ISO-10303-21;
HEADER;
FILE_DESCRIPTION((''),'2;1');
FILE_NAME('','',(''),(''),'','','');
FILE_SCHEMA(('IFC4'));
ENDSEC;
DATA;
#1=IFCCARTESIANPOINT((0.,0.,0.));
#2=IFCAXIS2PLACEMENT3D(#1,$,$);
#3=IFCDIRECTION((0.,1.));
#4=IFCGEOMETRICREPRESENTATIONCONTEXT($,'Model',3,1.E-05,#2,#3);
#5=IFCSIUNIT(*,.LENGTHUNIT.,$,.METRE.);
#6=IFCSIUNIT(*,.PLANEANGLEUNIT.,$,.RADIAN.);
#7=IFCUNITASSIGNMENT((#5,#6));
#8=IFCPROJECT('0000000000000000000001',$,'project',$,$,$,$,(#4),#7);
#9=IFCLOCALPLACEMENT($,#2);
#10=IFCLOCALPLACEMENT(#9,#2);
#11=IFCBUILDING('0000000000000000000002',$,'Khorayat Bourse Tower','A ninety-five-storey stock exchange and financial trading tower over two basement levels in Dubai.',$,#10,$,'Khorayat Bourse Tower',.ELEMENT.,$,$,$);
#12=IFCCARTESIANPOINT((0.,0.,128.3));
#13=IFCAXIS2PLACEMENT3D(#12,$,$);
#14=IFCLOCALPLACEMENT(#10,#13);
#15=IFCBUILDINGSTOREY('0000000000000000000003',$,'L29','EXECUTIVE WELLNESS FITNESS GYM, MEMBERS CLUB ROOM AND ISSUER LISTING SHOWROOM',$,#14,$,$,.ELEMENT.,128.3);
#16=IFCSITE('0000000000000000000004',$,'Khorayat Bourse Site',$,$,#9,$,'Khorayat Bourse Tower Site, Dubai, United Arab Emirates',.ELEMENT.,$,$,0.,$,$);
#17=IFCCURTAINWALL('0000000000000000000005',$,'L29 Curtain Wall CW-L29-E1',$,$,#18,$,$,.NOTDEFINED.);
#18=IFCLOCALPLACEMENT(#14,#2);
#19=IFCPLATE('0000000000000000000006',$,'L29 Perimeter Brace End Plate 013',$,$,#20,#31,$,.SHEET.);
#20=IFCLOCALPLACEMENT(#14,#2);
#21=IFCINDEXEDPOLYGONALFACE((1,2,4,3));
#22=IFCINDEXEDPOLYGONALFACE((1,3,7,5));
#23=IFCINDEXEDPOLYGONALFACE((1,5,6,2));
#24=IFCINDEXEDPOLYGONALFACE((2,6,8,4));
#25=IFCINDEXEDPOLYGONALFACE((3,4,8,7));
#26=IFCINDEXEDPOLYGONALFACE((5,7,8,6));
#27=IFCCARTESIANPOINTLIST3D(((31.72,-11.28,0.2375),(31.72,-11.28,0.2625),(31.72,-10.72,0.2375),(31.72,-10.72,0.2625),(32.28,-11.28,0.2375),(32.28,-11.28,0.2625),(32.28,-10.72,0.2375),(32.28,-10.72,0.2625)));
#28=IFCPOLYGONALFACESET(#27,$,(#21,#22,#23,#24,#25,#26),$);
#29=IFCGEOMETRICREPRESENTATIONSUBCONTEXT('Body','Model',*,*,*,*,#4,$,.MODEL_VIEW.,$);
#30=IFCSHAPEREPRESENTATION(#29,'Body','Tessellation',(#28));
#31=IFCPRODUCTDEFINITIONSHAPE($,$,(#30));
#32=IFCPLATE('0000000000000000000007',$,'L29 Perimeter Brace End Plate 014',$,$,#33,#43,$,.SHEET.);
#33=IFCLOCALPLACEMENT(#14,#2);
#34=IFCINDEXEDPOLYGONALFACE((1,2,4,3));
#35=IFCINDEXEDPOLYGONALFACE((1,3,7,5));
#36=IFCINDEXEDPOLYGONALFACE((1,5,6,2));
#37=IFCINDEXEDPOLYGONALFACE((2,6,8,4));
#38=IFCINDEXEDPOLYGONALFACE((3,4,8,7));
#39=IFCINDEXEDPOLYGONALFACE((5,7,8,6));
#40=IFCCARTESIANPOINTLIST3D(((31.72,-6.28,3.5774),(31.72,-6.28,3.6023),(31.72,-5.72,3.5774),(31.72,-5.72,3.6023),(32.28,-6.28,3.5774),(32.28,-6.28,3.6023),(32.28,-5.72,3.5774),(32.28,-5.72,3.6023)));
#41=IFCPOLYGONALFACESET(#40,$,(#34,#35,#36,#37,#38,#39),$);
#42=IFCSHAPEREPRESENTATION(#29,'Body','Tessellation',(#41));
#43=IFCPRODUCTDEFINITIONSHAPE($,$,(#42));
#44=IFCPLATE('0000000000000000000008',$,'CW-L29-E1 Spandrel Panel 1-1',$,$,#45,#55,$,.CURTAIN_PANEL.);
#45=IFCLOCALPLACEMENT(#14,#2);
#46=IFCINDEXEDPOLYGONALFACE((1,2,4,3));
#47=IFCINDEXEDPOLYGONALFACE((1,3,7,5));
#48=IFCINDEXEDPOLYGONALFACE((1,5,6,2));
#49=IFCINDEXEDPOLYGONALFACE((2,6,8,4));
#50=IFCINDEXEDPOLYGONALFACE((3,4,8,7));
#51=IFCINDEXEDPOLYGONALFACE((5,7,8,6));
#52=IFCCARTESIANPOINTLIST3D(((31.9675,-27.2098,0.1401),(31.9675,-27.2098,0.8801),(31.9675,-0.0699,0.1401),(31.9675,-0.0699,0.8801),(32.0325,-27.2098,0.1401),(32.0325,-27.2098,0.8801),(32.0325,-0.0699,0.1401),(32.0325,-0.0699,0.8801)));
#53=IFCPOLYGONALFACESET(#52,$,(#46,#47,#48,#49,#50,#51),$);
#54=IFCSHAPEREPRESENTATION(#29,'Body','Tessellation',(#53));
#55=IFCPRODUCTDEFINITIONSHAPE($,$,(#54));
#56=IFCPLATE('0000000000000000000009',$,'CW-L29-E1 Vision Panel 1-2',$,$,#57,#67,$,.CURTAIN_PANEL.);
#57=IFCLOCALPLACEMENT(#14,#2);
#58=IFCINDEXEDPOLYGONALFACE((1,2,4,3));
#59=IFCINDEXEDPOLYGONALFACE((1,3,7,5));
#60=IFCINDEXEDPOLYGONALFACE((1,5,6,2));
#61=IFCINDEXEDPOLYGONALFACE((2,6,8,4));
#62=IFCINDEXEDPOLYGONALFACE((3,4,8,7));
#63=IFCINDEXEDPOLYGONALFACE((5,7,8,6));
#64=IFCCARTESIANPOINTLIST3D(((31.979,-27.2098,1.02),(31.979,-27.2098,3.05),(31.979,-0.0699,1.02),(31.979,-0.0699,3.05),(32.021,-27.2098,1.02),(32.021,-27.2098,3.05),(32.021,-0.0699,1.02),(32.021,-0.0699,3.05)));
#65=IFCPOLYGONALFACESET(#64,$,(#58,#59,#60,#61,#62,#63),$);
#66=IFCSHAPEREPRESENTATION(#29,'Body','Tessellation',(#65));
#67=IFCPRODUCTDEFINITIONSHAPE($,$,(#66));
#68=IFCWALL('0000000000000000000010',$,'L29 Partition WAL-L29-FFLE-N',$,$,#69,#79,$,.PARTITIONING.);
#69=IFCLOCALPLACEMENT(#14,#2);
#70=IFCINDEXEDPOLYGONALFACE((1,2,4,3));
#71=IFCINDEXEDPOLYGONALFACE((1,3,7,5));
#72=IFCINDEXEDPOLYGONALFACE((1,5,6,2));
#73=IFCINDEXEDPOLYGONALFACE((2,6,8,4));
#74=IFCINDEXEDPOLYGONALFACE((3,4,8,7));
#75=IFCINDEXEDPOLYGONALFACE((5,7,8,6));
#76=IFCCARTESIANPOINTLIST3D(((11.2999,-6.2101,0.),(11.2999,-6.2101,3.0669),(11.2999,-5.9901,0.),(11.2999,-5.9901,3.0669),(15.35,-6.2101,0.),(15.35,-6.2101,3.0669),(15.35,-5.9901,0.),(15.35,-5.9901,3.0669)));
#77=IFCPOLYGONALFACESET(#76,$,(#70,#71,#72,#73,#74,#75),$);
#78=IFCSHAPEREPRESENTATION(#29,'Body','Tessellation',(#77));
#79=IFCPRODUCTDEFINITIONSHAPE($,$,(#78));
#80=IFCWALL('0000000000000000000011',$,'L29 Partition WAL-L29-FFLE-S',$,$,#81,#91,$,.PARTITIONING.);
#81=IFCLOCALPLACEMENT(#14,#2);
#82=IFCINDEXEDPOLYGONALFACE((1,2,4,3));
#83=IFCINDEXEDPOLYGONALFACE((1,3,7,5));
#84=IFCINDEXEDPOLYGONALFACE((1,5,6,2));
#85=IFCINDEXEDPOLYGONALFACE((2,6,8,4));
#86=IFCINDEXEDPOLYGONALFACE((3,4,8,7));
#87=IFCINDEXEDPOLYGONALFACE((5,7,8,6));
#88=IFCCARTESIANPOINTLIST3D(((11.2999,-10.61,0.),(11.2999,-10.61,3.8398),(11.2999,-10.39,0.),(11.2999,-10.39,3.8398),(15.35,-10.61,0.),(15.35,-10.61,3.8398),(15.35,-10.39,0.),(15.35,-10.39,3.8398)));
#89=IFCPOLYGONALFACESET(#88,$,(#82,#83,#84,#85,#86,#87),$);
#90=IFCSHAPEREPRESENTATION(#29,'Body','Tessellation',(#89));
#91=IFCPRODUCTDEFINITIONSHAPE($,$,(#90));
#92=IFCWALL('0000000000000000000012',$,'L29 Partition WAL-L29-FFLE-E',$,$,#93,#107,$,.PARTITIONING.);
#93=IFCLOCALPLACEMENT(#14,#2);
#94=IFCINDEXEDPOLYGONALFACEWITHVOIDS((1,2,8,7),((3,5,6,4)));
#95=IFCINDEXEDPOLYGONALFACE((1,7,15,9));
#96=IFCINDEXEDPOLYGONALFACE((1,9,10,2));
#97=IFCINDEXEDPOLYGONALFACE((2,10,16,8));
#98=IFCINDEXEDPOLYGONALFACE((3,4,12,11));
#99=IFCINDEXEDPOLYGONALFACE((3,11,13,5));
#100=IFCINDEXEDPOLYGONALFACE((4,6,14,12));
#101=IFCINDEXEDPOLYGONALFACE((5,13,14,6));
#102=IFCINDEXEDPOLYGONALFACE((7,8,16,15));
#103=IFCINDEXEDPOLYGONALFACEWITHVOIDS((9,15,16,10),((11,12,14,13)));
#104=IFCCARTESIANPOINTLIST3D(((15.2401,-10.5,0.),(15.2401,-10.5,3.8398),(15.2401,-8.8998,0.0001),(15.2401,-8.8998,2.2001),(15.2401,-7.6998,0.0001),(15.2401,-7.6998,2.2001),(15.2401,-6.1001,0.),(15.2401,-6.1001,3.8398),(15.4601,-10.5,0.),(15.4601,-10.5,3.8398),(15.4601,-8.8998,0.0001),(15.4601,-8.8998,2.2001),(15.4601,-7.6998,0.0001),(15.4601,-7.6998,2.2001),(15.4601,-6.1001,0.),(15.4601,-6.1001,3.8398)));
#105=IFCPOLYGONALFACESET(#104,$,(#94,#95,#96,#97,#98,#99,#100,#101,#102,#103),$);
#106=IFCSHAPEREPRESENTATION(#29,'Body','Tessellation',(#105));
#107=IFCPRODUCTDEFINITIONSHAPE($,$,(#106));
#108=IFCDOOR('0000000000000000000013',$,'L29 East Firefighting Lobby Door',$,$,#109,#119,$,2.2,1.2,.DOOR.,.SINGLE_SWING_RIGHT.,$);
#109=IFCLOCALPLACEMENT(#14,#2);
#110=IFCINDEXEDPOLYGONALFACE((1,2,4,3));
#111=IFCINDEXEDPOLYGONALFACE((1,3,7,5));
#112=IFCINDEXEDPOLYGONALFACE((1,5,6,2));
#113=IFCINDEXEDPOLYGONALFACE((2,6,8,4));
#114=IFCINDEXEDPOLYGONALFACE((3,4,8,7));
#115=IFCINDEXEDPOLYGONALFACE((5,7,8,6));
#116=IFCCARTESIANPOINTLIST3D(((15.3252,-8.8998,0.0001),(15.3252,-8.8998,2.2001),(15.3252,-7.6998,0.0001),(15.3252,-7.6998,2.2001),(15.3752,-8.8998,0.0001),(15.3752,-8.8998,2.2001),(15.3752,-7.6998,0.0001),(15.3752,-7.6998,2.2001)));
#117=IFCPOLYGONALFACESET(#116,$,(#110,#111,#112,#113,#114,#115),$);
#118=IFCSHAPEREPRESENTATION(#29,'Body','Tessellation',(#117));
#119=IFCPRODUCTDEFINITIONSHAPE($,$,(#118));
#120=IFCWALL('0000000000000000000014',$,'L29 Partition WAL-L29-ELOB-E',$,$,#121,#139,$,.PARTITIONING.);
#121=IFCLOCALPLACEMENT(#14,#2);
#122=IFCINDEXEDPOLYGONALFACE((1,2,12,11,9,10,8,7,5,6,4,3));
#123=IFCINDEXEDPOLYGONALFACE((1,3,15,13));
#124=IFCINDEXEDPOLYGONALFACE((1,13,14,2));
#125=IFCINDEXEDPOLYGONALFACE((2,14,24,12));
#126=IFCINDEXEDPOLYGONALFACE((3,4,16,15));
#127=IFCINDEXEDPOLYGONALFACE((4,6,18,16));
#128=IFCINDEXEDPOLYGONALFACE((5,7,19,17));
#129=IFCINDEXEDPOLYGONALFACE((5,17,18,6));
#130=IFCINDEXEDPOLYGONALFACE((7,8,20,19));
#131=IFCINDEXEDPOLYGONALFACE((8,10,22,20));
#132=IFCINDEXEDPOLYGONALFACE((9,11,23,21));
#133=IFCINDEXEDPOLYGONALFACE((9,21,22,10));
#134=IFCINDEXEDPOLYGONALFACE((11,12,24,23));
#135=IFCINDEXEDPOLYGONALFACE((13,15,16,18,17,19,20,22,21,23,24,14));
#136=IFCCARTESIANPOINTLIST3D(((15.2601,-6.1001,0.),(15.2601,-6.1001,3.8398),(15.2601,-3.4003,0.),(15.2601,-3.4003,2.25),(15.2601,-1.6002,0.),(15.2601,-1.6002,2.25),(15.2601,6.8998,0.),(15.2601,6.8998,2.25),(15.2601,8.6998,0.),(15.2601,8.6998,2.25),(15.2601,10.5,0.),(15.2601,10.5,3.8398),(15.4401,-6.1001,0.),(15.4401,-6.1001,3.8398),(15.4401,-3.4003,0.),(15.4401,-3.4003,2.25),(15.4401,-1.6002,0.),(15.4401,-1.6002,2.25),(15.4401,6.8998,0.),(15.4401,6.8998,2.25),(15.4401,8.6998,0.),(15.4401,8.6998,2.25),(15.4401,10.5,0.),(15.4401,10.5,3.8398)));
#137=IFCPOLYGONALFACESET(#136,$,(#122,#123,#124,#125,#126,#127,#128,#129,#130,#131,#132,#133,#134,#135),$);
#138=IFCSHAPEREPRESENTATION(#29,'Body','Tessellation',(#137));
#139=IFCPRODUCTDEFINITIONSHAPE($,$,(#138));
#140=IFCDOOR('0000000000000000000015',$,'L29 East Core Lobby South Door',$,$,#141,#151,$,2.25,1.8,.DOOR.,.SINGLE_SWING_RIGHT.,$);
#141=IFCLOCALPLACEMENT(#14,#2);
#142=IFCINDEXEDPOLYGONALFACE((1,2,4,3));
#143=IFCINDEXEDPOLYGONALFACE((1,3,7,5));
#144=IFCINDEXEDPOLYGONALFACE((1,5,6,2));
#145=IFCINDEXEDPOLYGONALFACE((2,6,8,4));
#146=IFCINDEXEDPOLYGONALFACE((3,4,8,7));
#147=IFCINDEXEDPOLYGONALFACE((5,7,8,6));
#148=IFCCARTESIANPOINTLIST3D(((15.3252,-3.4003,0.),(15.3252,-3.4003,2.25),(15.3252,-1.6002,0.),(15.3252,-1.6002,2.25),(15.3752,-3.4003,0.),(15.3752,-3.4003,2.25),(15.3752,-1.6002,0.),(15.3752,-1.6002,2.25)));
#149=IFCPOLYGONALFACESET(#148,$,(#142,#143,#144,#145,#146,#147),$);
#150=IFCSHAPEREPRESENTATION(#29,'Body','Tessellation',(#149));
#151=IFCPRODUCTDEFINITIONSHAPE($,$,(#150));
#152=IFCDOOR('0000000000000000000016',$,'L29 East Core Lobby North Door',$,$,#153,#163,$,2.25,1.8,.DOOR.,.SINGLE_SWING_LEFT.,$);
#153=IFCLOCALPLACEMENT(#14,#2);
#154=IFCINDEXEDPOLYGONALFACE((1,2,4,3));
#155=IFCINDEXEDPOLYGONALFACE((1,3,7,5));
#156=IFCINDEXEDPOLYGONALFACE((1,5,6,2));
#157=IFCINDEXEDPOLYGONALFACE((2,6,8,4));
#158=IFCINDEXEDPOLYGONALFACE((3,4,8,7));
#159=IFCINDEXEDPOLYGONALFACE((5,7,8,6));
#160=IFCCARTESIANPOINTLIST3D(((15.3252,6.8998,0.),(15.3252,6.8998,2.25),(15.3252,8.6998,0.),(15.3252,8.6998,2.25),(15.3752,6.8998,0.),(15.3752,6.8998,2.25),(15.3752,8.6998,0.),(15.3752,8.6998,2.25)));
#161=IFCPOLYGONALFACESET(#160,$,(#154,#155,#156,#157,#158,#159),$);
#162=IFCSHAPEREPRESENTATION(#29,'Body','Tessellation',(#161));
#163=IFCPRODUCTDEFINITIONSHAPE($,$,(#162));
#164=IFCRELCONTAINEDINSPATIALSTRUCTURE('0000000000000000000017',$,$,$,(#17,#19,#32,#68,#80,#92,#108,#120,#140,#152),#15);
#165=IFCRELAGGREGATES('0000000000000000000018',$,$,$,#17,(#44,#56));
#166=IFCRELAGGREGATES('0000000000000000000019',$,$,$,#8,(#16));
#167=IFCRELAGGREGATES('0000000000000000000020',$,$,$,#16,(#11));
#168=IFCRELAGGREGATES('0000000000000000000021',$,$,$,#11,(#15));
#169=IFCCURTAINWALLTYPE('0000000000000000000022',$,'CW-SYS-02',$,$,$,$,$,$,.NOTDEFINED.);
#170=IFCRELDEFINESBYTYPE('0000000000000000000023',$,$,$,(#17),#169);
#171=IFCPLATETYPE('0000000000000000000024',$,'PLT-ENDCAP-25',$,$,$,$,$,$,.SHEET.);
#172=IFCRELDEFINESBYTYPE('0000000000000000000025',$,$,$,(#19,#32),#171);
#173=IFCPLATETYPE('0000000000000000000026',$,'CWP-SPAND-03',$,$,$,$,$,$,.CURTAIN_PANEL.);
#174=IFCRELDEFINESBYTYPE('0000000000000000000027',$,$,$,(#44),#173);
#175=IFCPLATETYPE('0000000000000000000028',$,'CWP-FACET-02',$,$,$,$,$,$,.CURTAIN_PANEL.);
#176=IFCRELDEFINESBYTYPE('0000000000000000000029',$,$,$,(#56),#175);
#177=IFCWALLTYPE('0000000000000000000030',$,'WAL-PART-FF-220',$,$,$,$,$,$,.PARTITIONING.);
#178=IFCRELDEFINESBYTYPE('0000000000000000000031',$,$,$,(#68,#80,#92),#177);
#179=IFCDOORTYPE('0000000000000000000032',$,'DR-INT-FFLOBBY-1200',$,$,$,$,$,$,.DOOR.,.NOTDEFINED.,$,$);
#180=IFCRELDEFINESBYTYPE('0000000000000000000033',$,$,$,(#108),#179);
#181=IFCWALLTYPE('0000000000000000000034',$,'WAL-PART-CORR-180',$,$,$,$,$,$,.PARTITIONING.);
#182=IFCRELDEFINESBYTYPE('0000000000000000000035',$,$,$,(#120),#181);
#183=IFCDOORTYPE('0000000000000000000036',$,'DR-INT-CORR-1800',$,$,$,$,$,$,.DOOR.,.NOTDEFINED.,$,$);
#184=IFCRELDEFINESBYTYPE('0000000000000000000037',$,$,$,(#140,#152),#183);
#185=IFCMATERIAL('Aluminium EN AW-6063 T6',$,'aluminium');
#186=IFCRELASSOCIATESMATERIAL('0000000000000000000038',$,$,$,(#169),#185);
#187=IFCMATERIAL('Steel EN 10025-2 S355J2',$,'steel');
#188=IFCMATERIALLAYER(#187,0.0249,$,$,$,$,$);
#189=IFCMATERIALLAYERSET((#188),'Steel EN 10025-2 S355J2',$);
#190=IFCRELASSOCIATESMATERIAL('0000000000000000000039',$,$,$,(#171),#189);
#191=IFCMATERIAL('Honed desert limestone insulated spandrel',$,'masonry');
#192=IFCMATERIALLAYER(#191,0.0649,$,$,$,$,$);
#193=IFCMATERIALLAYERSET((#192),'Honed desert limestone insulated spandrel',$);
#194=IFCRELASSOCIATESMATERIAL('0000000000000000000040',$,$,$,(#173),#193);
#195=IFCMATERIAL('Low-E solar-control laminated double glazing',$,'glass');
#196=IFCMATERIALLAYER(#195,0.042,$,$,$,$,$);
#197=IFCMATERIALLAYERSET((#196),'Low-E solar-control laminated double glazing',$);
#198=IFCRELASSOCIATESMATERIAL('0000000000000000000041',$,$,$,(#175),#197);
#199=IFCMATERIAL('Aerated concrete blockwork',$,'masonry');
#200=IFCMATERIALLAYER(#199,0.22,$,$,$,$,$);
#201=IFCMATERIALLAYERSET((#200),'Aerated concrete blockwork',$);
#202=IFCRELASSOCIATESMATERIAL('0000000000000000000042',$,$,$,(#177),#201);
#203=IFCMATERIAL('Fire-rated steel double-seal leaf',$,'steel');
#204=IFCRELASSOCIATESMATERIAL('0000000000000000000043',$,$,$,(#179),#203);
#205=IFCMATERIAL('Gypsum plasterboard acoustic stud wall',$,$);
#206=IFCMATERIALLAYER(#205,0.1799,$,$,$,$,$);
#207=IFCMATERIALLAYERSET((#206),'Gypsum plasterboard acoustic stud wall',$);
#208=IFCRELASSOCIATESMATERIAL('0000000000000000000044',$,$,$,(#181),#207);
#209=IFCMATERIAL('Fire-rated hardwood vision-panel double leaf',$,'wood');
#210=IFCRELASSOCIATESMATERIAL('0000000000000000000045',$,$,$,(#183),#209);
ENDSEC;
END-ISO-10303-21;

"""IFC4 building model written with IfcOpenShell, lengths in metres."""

from ifc_helpers import new_model, si_unit, direction, frame, frame_2d, origin, origin_2d, place, context, subcontext, project, spatial, rectangle, extrude, source, transform, mapped, material, layer, layer_set, type_object, element, fill, aggregate, save


model = new_model("IFC4")

# Units and contexts
model_context = context("Model", 3, precision=1e-05, world=origin(), true_north=direction((0.0, 1.0)))
body_context = subcontext(model_context, "Body", "Model", "MODEL_VIEW")
ifc_project = project(units=[si_unit("LENGTHUNIT", "METRE"), si_unit("PLANEANGLEUNIT", "RADIAN")], contexts=[model_context])

# Site, building, storey
site_placement = place(None, origin())
site = spatial("IfcSite", under=ifc_project, at=site_placement, Name="Khorayat Bourse Site", LongName="Khorayat Bourse Tower Site, Dubai, United Arab Emirates", CompositionType="ELEMENT", RefElevation=0.0)
building_placement = place(site_placement, origin())
building = spatial("IfcBuilding", under=site, at=building_placement, Name="Khorayat Bourse Tower", Description="A ninety-five-storey stock exchange and financial trading tower over two basement levels in Dubai.", LongName="Khorayat Bourse Tower", CompositionType="ELEMENT")
storey_placement = place(building_placement, frame((0.0, 0.0, 128.3)))
storey = spatial("IfcBuildingStorey", under=building, at=storey_placement, Name="L29", Description="EXECUTIVE WELLNESS FITNESS GYM, MEMBERS CLUB ROOM AND ISSUER LISTING SHOWROOM", CompositionType="ELEMENT", Elevation=128.3)

# Curtain wall
ifc_material_1 = material(Name="Aluminium EN AW-6063 T6", Category="aluminium")
curtain_wall_type = type_object("IfcCurtainWallType", Name="CW-SYS-02", PredefinedType="NOTDEFINED", material=ifc_material_1)
curtain_wall_placement = place(storey_placement, origin())
curtain_wall = element("IfcCurtainWall", 1, at=curtain_wall_placement, inside=storey, type_object=curtain_wall_type, Name="L29 Curtain Wall CW-L29-E1", PredefinedType="NOTDEFINED")

# Plates
ifc_material_2 = material(Name="Steel EN 10025-2 S355J2", Category="steel")
ifc_layer_1 = layer(ifc_material_2, 0.0249)
ifc_layer_set_1 = layer_set([ifc_layer_1], Name="Steel EN 10025-2 S355J2")
plate_type_1 = type_object("IfcPlateType", Name="PLT-ENDCAP-25", PredefinedType="SHEET", material=ifc_layer_set_1)
shared_shape_1 = source(origin(), body_context, "Body", "SweptSolid", [
    extrude(rectangle(XDim=0.5601, YDim=0.5601, at=origin_2d()), origin(), (0.0, 0.0, 1.0), 0.0249),
])
for number, where, z_axis, x_axis, name in (
    (2, (32.0, -11.0, 0.2375), (0.0, 0.0, 1.0), (1.0, 0.0, 0.0), "L29 Perimeter Brace End Plate 013"),
    (3, (32.0, -6.0, 3.5774), (0.0, 0.0, 1.0), (1.0, 0.0, 0.0), "L29 Perimeter Brace End Plate 014"),
):
    element("IfcPlate", number, at=place(storey_placement, frame(where, z_axis=z_axis, x_axis=x_axis)), inside=storey, type_object=plate_type_1, Name=name, PredefinedType="SHEET", context=body_context, shape_type="MappedRepresentation", body=[
        mapped(shared_shape_1, transform((0.0, 0.0, 0.0), scale=1.0)),
    ])

# Plates
ifc_material_3 = material(Name="Honed desert limestone insulated spandrel", Category="masonry")
ifc_layer_2 = layer(ifc_material_3, 0.0649)
ifc_layer_set_2 = layer_set([ifc_layer_2], Name="Honed desert limestone insulated spandrel")
plate_type_2 = type_object("IfcPlateType", Name="CWP-SPAND-03", PredefinedType="CURTAIN_PANEL", material=ifc_layer_set_2)
shared_shape_2 = source(origin(), body_context, "Body", "SweptSolid", [
    extrude(rectangle(XDim=27.1399, YDim=0.0649, at=origin_2d()), origin(), (0.0, 0.0, 1.0), 0.74),
])
plate_1_placement = place(storey_placement, frame((32.0, -13.6399, 0.1401), z_axis=(0.0, 0.0, 1.0), x_axis=(0.0, 1.0, 0.0)))
plate_1 = element("IfcPlate", 4, at=plate_1_placement, type_object=plate_type_2, Name="CW-L29-E1 Spandrel Panel 1-1", PredefinedType="CURTAIN_PANEL", context=body_context, shape_type="MappedRepresentation", body=[
    mapped(shared_shape_2, transform((0.0, 0.0, 0.0), scale=1.0)),
])
ifc_material_4 = material(Name="Low-E solar-control laminated double glazing", Category="glass")
ifc_layer_3 = layer(ifc_material_4, 0.042)
ifc_layer_set_3 = layer_set([ifc_layer_3], Name="Low-E solar-control laminated double glazing")
plate_type_3 = type_object("IfcPlateType", Name="CWP-FACET-02", PredefinedType="CURTAIN_PANEL", material=ifc_layer_set_3)
shared_shape_3 = source(origin(), body_context, "Body", "SweptSolid", [
    extrude(rectangle(XDim=27.1399, YDim=0.042, at=origin_2d()), origin(), (0.0, 0.0, 1.0), 2.03),
])
plate_2_placement = place(storey_placement, frame((32.0, -13.6399, 1.02), z_axis=(0.0, 0.0, 1.0), x_axis=(0.0, 1.0, 0.0)))
plate_2 = element("IfcPlate", 5, at=plate_2_placement, type_object=plate_type_3, Name="CW-L29-E1 Vision Panel 1-2", PredefinedType="CURTAIN_PANEL", context=body_context, shape_type="MappedRepresentation", body=[
    mapped(shared_shape_3, transform((0.0, 0.0, 0.0), scale=1.0)),
])
aggregate(curtain_wall, [plate_1, plate_2])

# Walls
ifc_material_5 = material(Name="Aerated concrete blockwork", Category="masonry")
ifc_layer_4 = layer(ifc_material_5, 0.22)
ifc_layer_set_4 = layer_set([ifc_layer_4], Name="Aerated concrete blockwork")
wall_type_1 = type_object("IfcWallType", Name="WAL-PART-FF-220", PredefinedType="PARTITIONING", material=ifc_layer_set_4)
shared_shape_4 = source(origin(), body_context, "Body", "SweptSolid", [
    extrude(rectangle(XDim=4.05, YDim=0.22, at=frame_2d((2.0249, 0.0))), origin(), (0.0, 0.0, 1.0), 3.0669),
])
wall_1_placement = place(storey_placement, frame((11.3, -6.1001, 0.0), z_axis=(0.0, 0.0, 1.0), x_axis=(1.0, 0.0, 0.0)))
element("IfcWall", 6, at=wall_1_placement, inside=storey, type_object=wall_type_1, Name="L29 Partition WAL-L29-FFLE-N", PredefinedType="PARTITIONING", context=body_context, shape_type="MappedRepresentation", body=[
    mapped(shared_shape_4, transform((0.0, 0.0, 0.0), scale=1.0)),
])
shared_shape_5 = source(origin(), body_context, "Body", "SweptSolid", [
    extrude(rectangle(XDim=4.05, YDim=0.22, at=frame_2d((2.0249, 0.0))), origin(), (0.0, 0.0, 1.0), 3.8398),
])
wall_2_placement = place(storey_placement, frame((11.3, -10.5, 0.0), z_axis=(0.0, 0.0, 1.0), x_axis=(1.0, 0.0, 0.0)))
element("IfcWall", 7, at=wall_2_placement, inside=storey, type_object=wall_type_1, Name="L29 Partition WAL-L29-FFLE-S", PredefinedType="PARTITIONING", context=body_context, shape_type="MappedRepresentation", body=[
    mapped(shared_shape_5, transform((0.0, 0.0, 0.0), scale=1.0)),
])

# Wall, opening, door
shared_shape_6 = source(origin(), body_context, "Body", "SweptSolid", [
    extrude(rectangle(XDim=4.3999, YDim=0.22, at=frame_2d((2.2, 0.0))), origin(), (0.0, 0.0, 1.0), 3.8398),
])
wall_3_placement = place(storey_placement, frame((15.3501, -10.5, 0.0), z_axis=(0.0, 0.0, 1.0), x_axis=(0.0, 1.0, 0.0)))
wall_3 = element("IfcWall", 8, at=wall_3_placement, inside=storey, type_object=wall_type_1, Name="L29 Partition WAL-L29-FFLE-E", PredefinedType="PARTITIONING", context=body_context, shape_type="MappedRepresentation", body=[
    mapped(shared_shape_6, transform((0.0, 0.0, 0.0), scale=1.0)),
])
shared_shape_7 = source(origin(), body_context, "Body", "SweptSolid", [
    extrude(rectangle(XDim=1.2, YDim=2.2, at=frame_2d((0.6001, 1.1001))), frame((0.0, 0.1199, 0.0), z_axis=(0.0, -1.0, 0.0), x_axis=(1.0, 0.0, 0.0)), (0.0, 0.0, 1.0), 0.24),
])
opening_1_placement = place(wall_3_placement, frame((1.6001, 0.0, 0.0)))
opening_1 = element("IfcOpeningElement", 9, at=opening_1_placement, cuts=wall_3, PredefinedType="OPENING", context=body_context, shape_type="MappedRepresentation", body=[
    mapped(shared_shape_7, transform((0.0, 0.0, 0.0), scale=1.0)),
])
ifc_material_6 = material(Name="Fire-rated steel double-seal leaf", Category="steel")
door_type_1 = type_object("IfcDoorType", Name="DR-INT-FFLOBBY-1200", OperationType="NOTDEFINED", PredefinedType="DOOR", material=ifc_material_6)
shared_shape_8 = source(origin(), body_context, "Body", "SweptSolid", [
    extrude(rectangle(XDim=1.2, YDim=2.2, at=frame_2d((0.6001, 1.1001))), frame((0.0, 0.0249, 0.0), z_axis=(0.0, -1.0, 0.0), x_axis=(1.0, 0.0, 0.0)), (0.0, 0.0, 1.0), 0.05),
])
door_1_placement = place(opening_1_placement, origin())
door_1 = element("IfcDoor", 10, at=door_1_placement, inside=storey, type_object=door_type_1, Name="L29 East Firefighting Lobby Door", OperationType="SINGLE_SWING_RIGHT", OverallHeight=2.2, OverallWidth=1.2, PredefinedType="DOOR", context=body_context, shape_type="MappedRepresentation", body=[
    mapped(shared_shape_8, transform((0.0, 0.0, 0.0), scale=1.0)),
])
fill(opening_1, door_1)

# Wall, openings, doors
ifc_material_7 = material(Name="Gypsum plasterboard acoustic stud wall")
ifc_layer_5 = layer(ifc_material_7, 0.1799)
ifc_layer_set_5 = layer_set([ifc_layer_5], Name="Gypsum plasterboard acoustic stud wall")
wall_type_2 = type_object("IfcWallType", Name="WAL-PART-CORR-180", PredefinedType="PARTITIONING", material=ifc_layer_set_5)
shared_shape_9 = source(origin(), body_context, "Body", "SweptSolid", [
    extrude(rectangle(XDim=16.6001, YDim=0.1799, at=frame_2d((8.3, 0.0))), origin(), (0.0, 0.0, 1.0), 3.8398),
])
wall_4_placement = place(storey_placement, frame((15.3501, -6.1001, 0.0), z_axis=(0.0, 0.0, 1.0), x_axis=(0.0, 1.0, 0.0)))
wall_4 = element("IfcWall", 11, at=wall_4_placement, inside=storey, type_object=wall_type_2, Name="L29 Partition WAL-L29-ELOB-E", PredefinedType="PARTITIONING", context=body_context, shape_type="MappedRepresentation", body=[
    mapped(shared_shape_9, transform((0.0, 0.0, 0.0), scale=1.0)),
])
shared_shape_10 = source(origin(), body_context, "Body", "SweptSolid", [
    extrude(rectangle(XDim=1.8, YDim=2.25, at=frame_2d((0.8999, 1.125))), frame((0.0, 0.0999, 0.0), z_axis=(0.0, -1.0, 0.0), x_axis=(1.0, 0.0, 0.0)), (0.0, 0.0, 1.0), 0.2),
])
opening_2_placement = place(wall_4_placement, frame((2.7, 0.0, 0.0)))
opening_2 = element("IfcOpeningElement", 12, at=opening_2_placement, cuts=wall_4, PredefinedType="OPENING", context=body_context, shape_type="MappedRepresentation", body=[
    mapped(shared_shape_10, transform((0.0, 0.0, 0.0), scale=1.0)),
])
opening_3_placement = place(wall_4_placement, frame((13.0, 0.0, 0.0)))
opening_3 = element("IfcOpeningElement", 13, at=opening_3_placement, cuts=wall_4, PredefinedType="OPENING", context=body_context, shape_type="MappedRepresentation", body=[
    mapped(shared_shape_10, transform((0.0, 0.0, 0.0), scale=1.0)),
])
ifc_material_8 = material(Name="Fire-rated hardwood vision-panel double leaf", Category="wood")
door_type_2 = type_object("IfcDoorType", Name="DR-INT-CORR-1800", OperationType="NOTDEFINED", PredefinedType="DOOR", material=ifc_material_8)
shared_shape_11 = source(origin(), body_context, "Body", "SweptSolid", [
    extrude(rectangle(XDim=1.8, YDim=2.25, at=frame_2d((0.8999, 1.125))), frame((0.0, 0.0249, 0.0), z_axis=(0.0, -1.0, 0.0), x_axis=(1.0, 0.0, 0.0)), (0.0, 0.0, 1.0), 0.05),
])
door_2_placement = place(opening_2_placement, origin())
door_2 = element("IfcDoor", 14, at=door_2_placement, inside=storey, type_object=door_type_2, Name="L29 East Core Lobby South Door", OperationType="SINGLE_SWING_RIGHT", OverallHeight=2.25, OverallWidth=1.8, PredefinedType="DOOR", context=body_context, shape_type="MappedRepresentation", body=[
    mapped(shared_shape_11, transform((0.0, 0.0, 0.0), scale=1.0)),
])
fill(opening_2, door_2)
door_3_placement = place(opening_3_placement, origin())
door_3 = element("IfcDoor", 15, at=door_3_placement, inside=storey, type_object=door_type_2, Name="L29 East Core Lobby North Door", OperationType="SINGLE_SWING_LEFT", OverallHeight=2.25, OverallWidth=1.8, PredefinedType="DOOR", context=body_context, shape_type="MappedRepresentation", body=[
    mapped(shared_shape_11, transform((0.0, 0.0, 0.0), scale=1.0)),
])
fill(opening_3, door_3)

save(model, "model.ifc")
